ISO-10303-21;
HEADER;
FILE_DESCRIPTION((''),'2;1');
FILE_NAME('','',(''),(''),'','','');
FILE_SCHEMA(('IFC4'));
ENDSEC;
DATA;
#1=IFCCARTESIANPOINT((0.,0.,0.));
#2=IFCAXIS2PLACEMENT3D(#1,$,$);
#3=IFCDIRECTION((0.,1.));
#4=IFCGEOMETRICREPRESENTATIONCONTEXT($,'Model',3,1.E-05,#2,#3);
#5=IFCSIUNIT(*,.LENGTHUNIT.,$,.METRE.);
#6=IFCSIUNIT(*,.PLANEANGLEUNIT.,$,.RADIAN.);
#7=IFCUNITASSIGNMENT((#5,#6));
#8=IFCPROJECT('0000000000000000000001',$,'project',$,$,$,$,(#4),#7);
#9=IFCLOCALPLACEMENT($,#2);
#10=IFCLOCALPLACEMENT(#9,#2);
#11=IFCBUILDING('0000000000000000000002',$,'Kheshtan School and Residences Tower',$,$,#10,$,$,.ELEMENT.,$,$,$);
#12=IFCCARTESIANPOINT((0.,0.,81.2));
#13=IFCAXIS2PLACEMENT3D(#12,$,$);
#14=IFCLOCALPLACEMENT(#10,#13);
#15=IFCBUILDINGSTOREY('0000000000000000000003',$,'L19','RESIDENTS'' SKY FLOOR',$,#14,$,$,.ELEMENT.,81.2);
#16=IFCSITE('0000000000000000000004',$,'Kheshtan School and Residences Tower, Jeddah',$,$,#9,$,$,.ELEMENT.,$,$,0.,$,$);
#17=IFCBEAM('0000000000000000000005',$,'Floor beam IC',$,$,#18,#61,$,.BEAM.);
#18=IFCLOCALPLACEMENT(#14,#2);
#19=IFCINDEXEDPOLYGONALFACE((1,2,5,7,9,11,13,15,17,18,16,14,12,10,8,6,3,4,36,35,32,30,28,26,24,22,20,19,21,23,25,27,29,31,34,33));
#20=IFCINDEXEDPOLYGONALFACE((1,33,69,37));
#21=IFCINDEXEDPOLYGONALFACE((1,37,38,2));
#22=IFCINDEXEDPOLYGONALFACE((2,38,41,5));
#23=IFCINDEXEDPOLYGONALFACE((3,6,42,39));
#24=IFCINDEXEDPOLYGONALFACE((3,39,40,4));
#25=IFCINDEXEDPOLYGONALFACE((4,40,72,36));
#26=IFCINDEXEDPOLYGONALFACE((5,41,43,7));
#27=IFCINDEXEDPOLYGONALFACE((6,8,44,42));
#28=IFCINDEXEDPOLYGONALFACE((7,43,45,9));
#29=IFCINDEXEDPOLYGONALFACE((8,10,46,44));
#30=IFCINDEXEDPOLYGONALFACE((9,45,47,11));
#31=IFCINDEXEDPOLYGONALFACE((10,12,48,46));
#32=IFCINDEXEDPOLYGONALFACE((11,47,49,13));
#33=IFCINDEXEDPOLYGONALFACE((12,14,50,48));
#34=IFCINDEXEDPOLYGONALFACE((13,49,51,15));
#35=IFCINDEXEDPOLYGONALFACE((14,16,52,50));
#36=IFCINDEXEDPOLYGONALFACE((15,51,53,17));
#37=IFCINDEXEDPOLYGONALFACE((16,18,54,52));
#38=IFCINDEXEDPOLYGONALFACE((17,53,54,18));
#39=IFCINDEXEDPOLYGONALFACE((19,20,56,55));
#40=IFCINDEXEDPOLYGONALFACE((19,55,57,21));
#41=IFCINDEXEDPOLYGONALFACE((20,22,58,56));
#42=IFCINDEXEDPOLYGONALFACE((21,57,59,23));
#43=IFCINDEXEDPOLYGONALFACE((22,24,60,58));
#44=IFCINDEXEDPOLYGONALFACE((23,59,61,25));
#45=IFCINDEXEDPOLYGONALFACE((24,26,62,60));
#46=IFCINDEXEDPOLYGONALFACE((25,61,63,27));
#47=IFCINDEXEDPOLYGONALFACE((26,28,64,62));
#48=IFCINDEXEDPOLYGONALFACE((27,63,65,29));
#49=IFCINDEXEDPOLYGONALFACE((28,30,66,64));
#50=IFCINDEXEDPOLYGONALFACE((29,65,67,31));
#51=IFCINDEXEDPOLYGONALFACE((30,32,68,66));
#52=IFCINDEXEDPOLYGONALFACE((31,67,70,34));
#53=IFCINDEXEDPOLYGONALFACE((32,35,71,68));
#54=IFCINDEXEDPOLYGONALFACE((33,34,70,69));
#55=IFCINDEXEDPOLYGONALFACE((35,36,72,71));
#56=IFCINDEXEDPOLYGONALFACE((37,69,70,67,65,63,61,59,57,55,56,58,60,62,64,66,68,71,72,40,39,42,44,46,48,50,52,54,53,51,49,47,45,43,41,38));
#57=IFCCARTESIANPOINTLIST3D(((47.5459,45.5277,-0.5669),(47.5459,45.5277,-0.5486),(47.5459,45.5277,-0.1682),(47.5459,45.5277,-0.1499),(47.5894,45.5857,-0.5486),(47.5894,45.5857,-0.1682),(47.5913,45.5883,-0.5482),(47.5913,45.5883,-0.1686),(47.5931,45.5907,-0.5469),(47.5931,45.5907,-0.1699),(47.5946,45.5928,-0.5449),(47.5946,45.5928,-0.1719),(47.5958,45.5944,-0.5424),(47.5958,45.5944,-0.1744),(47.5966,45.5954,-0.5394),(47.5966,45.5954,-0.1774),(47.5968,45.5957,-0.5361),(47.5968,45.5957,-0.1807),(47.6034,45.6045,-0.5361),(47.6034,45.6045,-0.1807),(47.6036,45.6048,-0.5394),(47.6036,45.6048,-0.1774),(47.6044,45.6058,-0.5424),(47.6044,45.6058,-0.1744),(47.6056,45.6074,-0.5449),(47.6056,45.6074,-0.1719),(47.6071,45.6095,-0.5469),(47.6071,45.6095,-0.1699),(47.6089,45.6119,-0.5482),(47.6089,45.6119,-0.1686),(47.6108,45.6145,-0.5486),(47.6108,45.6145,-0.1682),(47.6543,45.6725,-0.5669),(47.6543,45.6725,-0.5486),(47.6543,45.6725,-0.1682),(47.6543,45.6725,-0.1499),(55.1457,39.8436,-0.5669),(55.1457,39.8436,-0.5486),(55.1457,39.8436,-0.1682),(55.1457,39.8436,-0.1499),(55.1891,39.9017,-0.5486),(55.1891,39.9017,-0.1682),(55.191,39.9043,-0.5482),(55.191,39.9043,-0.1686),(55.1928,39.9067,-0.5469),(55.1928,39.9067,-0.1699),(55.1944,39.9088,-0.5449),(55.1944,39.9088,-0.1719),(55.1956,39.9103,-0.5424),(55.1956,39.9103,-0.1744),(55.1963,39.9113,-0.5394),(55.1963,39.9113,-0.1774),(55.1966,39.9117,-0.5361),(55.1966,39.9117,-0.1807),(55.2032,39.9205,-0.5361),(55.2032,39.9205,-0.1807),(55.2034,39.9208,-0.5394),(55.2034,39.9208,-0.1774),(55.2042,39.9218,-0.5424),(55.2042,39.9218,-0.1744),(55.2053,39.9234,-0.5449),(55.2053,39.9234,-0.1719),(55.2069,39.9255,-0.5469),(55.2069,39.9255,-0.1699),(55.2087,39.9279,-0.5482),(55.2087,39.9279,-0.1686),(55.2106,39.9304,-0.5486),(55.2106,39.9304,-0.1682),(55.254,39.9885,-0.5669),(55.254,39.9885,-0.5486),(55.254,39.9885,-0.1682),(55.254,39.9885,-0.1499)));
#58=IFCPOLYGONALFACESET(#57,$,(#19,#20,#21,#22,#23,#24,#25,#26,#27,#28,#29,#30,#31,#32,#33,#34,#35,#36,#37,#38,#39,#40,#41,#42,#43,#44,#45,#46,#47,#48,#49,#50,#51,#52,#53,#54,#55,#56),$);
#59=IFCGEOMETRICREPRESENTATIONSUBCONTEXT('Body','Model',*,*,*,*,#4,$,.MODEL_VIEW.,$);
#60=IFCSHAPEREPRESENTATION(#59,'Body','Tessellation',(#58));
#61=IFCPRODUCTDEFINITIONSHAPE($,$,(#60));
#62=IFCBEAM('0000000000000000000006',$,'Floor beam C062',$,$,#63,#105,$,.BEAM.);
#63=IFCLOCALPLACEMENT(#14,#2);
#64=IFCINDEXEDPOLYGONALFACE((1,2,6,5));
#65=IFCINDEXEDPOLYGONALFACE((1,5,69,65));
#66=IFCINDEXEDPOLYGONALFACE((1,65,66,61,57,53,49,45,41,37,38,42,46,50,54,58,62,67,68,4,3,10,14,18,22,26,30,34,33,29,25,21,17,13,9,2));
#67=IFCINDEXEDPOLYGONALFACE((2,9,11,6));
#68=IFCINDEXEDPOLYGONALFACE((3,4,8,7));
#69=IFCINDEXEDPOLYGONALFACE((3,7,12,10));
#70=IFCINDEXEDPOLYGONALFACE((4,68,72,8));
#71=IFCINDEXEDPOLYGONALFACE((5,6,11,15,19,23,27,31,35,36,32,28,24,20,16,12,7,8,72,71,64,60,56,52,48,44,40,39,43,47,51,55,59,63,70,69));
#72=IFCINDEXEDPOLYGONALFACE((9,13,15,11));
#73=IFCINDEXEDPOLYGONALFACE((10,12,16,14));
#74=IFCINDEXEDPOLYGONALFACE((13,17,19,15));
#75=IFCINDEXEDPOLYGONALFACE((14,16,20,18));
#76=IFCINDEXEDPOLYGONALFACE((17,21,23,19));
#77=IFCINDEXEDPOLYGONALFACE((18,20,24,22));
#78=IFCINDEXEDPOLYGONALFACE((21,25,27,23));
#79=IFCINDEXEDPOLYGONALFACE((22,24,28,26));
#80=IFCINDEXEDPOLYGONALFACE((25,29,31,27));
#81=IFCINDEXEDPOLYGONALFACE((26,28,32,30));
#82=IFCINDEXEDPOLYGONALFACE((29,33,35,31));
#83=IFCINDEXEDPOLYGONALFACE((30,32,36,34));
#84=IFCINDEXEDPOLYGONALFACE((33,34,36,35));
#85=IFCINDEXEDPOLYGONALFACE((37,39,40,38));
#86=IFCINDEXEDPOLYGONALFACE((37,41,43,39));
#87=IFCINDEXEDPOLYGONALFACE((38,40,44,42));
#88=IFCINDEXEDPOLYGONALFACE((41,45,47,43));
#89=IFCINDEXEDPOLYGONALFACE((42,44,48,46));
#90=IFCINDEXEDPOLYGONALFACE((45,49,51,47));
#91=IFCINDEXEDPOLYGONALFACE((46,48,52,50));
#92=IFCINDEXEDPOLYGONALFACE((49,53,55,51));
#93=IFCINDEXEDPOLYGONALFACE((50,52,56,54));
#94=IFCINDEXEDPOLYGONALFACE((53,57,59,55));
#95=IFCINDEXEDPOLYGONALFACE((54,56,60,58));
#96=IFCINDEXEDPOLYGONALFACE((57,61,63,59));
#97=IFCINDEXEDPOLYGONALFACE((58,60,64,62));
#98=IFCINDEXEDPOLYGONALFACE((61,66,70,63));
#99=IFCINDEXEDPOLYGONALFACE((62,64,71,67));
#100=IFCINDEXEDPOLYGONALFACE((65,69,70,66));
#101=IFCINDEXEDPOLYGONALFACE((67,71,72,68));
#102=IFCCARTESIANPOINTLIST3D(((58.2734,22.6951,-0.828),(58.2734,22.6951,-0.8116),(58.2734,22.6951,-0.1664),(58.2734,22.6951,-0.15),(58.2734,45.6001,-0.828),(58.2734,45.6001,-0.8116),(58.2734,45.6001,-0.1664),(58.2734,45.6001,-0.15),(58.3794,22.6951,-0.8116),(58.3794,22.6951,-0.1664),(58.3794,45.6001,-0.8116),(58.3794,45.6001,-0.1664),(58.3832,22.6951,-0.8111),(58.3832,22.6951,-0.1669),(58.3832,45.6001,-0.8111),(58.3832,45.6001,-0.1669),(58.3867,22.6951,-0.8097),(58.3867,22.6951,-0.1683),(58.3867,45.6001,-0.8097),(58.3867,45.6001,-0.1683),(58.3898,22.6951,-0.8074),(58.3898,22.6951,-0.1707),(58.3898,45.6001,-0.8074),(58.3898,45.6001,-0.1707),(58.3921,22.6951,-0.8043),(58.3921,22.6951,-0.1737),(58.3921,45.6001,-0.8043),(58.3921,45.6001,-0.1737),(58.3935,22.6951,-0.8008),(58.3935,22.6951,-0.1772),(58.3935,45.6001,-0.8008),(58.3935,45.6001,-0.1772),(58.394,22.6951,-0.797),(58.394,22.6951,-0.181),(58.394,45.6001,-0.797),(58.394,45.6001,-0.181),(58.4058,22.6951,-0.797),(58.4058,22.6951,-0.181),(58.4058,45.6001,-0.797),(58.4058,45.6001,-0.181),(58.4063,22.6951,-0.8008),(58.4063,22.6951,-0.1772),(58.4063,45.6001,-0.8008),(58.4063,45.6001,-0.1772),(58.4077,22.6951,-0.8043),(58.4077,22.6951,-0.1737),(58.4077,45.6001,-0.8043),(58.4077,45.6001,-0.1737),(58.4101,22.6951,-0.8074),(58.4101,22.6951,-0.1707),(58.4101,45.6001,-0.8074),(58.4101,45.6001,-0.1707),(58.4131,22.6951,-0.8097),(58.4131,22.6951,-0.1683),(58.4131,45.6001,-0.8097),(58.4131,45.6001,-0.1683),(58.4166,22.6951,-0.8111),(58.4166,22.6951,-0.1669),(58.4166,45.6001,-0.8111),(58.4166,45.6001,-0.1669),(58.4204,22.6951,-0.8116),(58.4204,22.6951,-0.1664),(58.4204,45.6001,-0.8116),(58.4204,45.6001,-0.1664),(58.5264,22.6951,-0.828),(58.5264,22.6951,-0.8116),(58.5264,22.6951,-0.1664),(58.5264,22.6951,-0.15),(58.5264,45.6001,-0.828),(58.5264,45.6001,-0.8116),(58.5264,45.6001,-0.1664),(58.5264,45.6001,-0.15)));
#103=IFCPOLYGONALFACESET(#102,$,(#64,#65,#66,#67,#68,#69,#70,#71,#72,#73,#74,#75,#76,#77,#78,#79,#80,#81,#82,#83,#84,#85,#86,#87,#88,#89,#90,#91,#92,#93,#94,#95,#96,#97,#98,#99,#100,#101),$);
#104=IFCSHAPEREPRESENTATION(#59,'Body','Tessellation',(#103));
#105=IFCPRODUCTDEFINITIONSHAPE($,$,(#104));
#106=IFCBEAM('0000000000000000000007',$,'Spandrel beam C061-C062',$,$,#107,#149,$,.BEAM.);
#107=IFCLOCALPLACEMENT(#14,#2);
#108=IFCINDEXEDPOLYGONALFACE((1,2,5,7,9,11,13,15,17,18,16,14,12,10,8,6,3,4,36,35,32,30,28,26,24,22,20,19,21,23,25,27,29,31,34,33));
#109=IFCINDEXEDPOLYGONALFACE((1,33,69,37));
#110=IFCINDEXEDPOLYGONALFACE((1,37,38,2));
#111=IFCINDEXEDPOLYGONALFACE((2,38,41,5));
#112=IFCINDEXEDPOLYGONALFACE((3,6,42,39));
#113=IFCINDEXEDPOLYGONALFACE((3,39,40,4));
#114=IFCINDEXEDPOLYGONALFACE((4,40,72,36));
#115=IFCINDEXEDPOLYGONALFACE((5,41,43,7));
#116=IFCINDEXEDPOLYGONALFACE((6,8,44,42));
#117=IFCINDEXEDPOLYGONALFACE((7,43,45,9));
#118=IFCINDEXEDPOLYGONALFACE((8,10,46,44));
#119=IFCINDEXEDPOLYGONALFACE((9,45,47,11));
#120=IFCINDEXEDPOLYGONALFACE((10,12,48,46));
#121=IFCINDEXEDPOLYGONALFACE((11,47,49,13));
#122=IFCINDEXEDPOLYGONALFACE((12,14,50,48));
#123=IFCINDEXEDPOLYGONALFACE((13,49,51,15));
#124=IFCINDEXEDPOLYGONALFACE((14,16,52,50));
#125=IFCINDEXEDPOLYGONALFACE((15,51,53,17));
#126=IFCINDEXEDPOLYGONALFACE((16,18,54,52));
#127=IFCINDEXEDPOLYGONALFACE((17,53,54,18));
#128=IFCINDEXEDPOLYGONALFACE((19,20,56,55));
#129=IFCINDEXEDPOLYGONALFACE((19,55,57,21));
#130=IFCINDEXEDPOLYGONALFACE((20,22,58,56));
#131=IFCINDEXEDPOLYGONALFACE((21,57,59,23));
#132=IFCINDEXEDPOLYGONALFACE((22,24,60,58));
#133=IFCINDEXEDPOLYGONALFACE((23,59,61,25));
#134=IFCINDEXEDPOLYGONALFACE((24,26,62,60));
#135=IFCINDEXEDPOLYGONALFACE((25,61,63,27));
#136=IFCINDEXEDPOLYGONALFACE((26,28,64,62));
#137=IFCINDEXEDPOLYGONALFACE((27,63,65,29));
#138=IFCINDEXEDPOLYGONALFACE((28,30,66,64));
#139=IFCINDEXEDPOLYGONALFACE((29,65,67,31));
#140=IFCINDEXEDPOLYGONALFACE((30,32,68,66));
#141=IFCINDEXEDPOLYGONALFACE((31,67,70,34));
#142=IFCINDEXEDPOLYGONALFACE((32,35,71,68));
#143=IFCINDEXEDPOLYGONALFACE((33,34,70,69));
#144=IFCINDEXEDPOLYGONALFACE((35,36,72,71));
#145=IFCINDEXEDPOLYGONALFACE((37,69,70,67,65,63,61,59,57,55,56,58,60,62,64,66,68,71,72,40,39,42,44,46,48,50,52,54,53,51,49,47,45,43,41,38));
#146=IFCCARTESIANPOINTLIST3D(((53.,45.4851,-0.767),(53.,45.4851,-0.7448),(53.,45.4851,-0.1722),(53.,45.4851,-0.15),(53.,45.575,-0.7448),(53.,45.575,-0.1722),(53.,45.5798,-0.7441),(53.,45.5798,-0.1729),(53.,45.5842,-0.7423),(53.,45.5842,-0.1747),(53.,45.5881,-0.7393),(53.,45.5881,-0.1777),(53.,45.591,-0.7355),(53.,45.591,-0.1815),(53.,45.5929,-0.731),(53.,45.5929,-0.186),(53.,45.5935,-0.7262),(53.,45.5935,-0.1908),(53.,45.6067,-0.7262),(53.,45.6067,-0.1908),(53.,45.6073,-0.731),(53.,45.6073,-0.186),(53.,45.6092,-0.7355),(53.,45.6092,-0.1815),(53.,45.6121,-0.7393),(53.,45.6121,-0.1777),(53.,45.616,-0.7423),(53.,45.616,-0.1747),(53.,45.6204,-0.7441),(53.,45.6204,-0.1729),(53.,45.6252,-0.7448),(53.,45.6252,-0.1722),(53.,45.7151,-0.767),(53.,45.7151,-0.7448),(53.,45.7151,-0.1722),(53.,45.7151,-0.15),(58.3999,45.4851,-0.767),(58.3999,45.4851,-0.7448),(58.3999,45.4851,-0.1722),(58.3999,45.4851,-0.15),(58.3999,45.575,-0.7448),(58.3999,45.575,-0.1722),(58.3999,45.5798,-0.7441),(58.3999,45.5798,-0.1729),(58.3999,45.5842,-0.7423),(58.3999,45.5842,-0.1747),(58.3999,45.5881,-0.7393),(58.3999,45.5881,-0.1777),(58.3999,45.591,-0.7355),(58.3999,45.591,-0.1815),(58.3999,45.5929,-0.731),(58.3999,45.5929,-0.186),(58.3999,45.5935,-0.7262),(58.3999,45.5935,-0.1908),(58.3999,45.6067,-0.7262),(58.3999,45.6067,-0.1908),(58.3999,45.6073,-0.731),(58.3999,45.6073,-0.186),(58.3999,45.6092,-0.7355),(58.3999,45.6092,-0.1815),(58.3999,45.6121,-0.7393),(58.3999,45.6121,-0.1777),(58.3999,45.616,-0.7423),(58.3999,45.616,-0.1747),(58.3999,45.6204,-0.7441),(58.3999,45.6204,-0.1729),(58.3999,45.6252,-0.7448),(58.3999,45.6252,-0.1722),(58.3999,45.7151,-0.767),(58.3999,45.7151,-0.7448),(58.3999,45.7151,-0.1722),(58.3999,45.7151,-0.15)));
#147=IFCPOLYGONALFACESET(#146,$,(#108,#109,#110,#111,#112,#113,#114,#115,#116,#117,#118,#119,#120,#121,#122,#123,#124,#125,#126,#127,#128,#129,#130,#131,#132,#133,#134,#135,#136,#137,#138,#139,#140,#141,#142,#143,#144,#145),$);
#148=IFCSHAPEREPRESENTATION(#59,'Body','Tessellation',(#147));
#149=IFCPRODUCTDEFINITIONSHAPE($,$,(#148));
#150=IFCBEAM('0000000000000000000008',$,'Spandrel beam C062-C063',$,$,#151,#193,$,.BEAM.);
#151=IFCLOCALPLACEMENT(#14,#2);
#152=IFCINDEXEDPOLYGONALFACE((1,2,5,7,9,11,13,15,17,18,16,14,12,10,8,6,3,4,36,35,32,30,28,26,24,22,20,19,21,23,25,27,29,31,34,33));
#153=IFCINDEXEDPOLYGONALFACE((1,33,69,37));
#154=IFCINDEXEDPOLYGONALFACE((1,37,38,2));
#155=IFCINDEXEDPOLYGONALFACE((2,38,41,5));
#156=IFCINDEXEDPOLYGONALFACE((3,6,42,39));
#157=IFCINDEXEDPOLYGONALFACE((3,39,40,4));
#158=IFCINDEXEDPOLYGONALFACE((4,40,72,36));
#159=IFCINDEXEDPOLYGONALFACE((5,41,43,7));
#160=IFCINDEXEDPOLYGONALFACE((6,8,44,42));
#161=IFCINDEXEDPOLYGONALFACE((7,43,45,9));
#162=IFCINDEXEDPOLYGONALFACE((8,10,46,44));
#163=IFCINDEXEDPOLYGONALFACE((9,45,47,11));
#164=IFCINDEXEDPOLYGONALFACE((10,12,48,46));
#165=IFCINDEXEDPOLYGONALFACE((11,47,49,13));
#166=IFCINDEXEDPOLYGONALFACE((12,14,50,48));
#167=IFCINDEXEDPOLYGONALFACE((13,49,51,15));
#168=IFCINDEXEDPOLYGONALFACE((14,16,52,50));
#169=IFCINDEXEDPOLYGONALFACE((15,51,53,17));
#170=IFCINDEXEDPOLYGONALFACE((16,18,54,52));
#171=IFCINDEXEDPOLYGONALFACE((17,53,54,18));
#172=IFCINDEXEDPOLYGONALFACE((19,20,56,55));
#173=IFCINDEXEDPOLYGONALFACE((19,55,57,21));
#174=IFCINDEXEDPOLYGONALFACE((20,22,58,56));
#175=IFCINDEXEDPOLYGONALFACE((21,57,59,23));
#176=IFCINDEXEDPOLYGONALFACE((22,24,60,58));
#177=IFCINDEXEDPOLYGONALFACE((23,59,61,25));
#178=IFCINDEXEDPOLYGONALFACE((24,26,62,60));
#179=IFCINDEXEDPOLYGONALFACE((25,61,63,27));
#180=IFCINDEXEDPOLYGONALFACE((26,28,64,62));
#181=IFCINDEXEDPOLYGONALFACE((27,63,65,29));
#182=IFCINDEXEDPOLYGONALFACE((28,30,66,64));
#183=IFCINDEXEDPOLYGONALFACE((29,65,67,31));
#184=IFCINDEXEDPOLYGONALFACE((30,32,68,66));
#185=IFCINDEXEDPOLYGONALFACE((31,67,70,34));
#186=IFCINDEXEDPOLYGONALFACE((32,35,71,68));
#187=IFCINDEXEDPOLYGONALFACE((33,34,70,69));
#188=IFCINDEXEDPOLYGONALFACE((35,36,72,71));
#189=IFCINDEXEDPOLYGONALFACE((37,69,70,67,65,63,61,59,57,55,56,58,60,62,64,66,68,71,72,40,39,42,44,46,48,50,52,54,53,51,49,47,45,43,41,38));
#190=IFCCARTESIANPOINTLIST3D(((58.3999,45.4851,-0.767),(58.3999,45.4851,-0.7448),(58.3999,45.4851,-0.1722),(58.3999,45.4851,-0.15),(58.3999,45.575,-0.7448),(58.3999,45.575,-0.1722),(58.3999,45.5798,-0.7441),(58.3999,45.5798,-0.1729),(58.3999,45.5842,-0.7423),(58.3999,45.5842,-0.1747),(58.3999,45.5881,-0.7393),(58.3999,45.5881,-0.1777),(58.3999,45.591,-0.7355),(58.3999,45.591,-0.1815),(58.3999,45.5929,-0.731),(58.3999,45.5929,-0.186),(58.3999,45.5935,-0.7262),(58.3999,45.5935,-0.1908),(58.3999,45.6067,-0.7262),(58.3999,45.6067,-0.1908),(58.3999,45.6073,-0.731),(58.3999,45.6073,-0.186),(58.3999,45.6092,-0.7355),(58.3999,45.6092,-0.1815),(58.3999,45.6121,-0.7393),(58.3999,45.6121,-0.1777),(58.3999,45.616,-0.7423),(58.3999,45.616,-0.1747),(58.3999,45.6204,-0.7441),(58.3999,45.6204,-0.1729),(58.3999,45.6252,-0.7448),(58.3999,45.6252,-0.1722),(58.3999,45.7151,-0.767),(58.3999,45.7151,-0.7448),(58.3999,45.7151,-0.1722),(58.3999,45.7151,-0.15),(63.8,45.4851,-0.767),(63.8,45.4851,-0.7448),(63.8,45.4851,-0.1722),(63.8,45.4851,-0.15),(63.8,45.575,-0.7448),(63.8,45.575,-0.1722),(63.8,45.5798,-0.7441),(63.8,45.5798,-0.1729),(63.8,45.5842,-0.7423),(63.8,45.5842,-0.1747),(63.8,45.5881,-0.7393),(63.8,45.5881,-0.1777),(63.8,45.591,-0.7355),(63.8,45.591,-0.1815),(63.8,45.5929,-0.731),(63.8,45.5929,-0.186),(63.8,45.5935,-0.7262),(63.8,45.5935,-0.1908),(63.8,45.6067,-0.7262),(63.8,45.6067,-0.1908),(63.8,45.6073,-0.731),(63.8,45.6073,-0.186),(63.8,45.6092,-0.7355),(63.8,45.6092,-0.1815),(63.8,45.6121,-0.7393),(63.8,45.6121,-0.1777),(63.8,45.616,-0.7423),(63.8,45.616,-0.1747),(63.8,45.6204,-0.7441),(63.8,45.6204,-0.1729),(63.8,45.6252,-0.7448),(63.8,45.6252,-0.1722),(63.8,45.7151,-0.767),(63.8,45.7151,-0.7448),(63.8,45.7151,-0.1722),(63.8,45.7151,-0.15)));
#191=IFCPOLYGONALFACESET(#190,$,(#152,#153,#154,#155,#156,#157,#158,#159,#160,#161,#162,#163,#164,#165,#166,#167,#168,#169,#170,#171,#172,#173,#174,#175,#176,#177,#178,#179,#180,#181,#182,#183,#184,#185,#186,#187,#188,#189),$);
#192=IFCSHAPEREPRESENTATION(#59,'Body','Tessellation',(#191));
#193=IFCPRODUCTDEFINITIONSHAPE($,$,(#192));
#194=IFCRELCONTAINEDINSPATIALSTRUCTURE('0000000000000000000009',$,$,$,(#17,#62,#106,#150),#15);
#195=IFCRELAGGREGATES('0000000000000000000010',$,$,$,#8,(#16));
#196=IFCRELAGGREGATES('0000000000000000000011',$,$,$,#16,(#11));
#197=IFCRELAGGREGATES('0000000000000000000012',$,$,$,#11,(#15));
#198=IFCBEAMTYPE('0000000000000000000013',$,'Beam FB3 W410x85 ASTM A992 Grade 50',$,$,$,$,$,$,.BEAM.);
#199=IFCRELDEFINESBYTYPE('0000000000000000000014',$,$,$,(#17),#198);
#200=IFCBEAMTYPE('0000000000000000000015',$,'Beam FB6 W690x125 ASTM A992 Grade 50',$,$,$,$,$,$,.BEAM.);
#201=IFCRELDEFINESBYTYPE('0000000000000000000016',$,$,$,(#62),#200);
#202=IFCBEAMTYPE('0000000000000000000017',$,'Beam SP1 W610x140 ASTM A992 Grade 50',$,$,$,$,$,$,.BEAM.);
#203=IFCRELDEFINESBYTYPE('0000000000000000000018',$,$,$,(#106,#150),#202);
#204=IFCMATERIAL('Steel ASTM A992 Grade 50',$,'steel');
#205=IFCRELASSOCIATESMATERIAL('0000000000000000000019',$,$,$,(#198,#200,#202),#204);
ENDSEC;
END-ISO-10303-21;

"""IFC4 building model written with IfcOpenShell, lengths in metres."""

from ifc_helpers import new_model, si_unit, direction, frame, origin, origin_2d, place, context, subcontext, project, spatial, i_section, extrude, material, material_profile, profile_set, type_object, element, save


model = new_model("IFC4")

# Units and contexts
model_context = context("Model", 3, precision=1e-05, world=origin(), true_north=direction((0.0, 1.0)))
body_context = subcontext(model_context, "Body", "Model", "MODEL_VIEW")
ifc_project = project(units=[si_unit("LENGTHUNIT", "METRE"), si_unit("PLANEANGLEUNIT", "RADIAN")], contexts=[model_context])

# Site, building, storey
site_placement = place(None, origin())
site = spatial("IfcSite", under=ifc_project, at=site_placement, Name="Kheshtan School and Residences Tower, Jeddah", CompositionType="ELEMENT", RefElevation=0.0)
building_placement = place(site_placement, origin())
building = spatial("IfcBuilding", under=site, at=building_placement, Name="Kheshtan School and Residences Tower", CompositionType="ELEMENT")
storey_placement = place(building_placement, frame((0.0, 0.0, 81.2)))
storey = spatial("IfcBuildingStorey", under=building, at=storey_placement, Name="L19", Description="RESIDENTS' SKY FLOOR", CompositionType="ELEMENT", Elevation=81.2)

# Shared definitions
ifc_material_1 = material(Name="Steel ASTM A992 Grade 50", Category="steel")

# Beams
ifc_material_profile_1 = material_profile(ifc_material_1, i_section(OverallWidth=0.1809, OverallDepth=0.417, WebThickness=0.011, FlangeThickness=0.0183, FilletRadius=0.0125, at=origin_2d()), Name="W410x85")
ifc_profile_set_1 = profile_set([ifc_material_profile_1], Name="Steel ASTM A992 Grade 50")
beam_type_1 = type_object("IfcBeamType", Name="Beam FB3 W410x85 ASTM A992 Grade 50", PredefinedType="BEAM", material=ifc_profile_set_1)
beam_1_placement = place(storey_placement, frame((47.6001, 45.6001, -0.3584), z_axis=(0.800799, -0.598933, 0.0), x_axis=(0.598933, 0.800799, 0.0)))
element("IfcBeam", 1, at=beam_1_placement, inside=storey, type_object=beam_type_1, Name="Floor beam IC", PredefinedType="BEAM", context=body_context, shape_type="SweptSolid", body=[
    extrude(i_section(OverallWidth=0.1809, OverallDepth=0.417, WebThickness=0.011, FlangeThickness=0.0183, FilletRadius=0.0125, at=origin_2d()), origin(), (0.0, 0.0, 1.0), 9.4902),
])
ifc_material_profile_2 = material_profile(ifc_material_1, i_section(OverallWidth=0.2529, OverallDepth=0.678, WebThickness=0.0117, FlangeThickness=0.0164, FilletRadius=0.0146, at=origin_2d()), Name="W690x125")
ifc_profile_set_2 = profile_set([ifc_material_profile_2], Name="Steel ASTM A992 Grade 50")
beam_type_2 = type_object("IfcBeamType", Name="Beam FB6 W690x125 ASTM A992 Grade 50", PredefinedType="BEAM", material=ifc_profile_set_2)
beam_2_placement = place(storey_placement, frame((58.3999, 45.6001, -0.489), z_axis=(0.0, -1.0, 0.0), x_axis=(1.0, 0.0, 0.0)))
element("IfcBeam", 2, at=beam_2_placement, inside=storey, type_object=beam_type_2, Name="Floor beam C062", PredefinedType="BEAM", context=body_context, shape_type="SweptSolid", body=[
    extrude(i_section(OverallWidth=0.2529, OverallDepth=0.678, WebThickness=0.0117, FlangeThickness=0.0164, FilletRadius=0.0146, at=origin_2d()), origin(), (0.0, 0.0, 1.0), 22.905),
])
ifc_material_profile_3 = material_profile(ifc_material_1, i_section(OverallWidth=0.23, OverallDepth=0.6169, WebThickness=0.0132, FlangeThickness=0.0222, FilletRadius=0.0186, at=origin_2d()), Name="W610x140")
ifc_profile_set_3 = profile_set([ifc_material_profile_3], Name="Steel ASTM A992 Grade 50")
beam_type_3 = type_object("IfcBeamType", Name="Beam SP1 W610x140 ASTM A992 Grade 50", PredefinedType="BEAM", material=ifc_profile_set_3)
beam_3_placement = place(storey_placement, frame((53.0, 45.6001, -0.4585), z_axis=(1.0, 0.0, 0.0), x_axis=(0.0, 1.0, 0.0)))
element("IfcBeam", 3, at=beam_3_placement, inside=storey, type_object=beam_type_3, Name="Spandrel beam C061-C062", PredefinedType="BEAM", context=body_context, shape_type="SweptSolid", body=[
    extrude(i_section(OverallWidth=0.23, OverallDepth=0.6169, WebThickness=0.0132, FlangeThickness=0.0222, FilletRadius=0.0186, at=origin_2d()), origin(), (0.0, 0.0, 1.0), 5.3999),
])
beam_4_placement = place(storey_placement, frame((58.3999, 45.6001, -0.4585), z_axis=(1.0, 0.0, 0.0), x_axis=(0.0, 1.0, 0.0)))
element("IfcBeam", 4, at=beam_4_placement, inside=storey, type_object=beam_type_3, Name="Spandrel beam C062-C063", PredefinedType="BEAM", context=body_context, shape_type="SweptSolid", body=[
    extrude(i_section(OverallWidth=0.23, OverallDepth=0.6169, WebThickness=0.0132, FlangeThickness=0.0222, FilletRadius=0.0186, at=origin_2d()), origin(), (0.0, 0.0, 1.0), 5.4001),
])

save(model, "model.ifc")
